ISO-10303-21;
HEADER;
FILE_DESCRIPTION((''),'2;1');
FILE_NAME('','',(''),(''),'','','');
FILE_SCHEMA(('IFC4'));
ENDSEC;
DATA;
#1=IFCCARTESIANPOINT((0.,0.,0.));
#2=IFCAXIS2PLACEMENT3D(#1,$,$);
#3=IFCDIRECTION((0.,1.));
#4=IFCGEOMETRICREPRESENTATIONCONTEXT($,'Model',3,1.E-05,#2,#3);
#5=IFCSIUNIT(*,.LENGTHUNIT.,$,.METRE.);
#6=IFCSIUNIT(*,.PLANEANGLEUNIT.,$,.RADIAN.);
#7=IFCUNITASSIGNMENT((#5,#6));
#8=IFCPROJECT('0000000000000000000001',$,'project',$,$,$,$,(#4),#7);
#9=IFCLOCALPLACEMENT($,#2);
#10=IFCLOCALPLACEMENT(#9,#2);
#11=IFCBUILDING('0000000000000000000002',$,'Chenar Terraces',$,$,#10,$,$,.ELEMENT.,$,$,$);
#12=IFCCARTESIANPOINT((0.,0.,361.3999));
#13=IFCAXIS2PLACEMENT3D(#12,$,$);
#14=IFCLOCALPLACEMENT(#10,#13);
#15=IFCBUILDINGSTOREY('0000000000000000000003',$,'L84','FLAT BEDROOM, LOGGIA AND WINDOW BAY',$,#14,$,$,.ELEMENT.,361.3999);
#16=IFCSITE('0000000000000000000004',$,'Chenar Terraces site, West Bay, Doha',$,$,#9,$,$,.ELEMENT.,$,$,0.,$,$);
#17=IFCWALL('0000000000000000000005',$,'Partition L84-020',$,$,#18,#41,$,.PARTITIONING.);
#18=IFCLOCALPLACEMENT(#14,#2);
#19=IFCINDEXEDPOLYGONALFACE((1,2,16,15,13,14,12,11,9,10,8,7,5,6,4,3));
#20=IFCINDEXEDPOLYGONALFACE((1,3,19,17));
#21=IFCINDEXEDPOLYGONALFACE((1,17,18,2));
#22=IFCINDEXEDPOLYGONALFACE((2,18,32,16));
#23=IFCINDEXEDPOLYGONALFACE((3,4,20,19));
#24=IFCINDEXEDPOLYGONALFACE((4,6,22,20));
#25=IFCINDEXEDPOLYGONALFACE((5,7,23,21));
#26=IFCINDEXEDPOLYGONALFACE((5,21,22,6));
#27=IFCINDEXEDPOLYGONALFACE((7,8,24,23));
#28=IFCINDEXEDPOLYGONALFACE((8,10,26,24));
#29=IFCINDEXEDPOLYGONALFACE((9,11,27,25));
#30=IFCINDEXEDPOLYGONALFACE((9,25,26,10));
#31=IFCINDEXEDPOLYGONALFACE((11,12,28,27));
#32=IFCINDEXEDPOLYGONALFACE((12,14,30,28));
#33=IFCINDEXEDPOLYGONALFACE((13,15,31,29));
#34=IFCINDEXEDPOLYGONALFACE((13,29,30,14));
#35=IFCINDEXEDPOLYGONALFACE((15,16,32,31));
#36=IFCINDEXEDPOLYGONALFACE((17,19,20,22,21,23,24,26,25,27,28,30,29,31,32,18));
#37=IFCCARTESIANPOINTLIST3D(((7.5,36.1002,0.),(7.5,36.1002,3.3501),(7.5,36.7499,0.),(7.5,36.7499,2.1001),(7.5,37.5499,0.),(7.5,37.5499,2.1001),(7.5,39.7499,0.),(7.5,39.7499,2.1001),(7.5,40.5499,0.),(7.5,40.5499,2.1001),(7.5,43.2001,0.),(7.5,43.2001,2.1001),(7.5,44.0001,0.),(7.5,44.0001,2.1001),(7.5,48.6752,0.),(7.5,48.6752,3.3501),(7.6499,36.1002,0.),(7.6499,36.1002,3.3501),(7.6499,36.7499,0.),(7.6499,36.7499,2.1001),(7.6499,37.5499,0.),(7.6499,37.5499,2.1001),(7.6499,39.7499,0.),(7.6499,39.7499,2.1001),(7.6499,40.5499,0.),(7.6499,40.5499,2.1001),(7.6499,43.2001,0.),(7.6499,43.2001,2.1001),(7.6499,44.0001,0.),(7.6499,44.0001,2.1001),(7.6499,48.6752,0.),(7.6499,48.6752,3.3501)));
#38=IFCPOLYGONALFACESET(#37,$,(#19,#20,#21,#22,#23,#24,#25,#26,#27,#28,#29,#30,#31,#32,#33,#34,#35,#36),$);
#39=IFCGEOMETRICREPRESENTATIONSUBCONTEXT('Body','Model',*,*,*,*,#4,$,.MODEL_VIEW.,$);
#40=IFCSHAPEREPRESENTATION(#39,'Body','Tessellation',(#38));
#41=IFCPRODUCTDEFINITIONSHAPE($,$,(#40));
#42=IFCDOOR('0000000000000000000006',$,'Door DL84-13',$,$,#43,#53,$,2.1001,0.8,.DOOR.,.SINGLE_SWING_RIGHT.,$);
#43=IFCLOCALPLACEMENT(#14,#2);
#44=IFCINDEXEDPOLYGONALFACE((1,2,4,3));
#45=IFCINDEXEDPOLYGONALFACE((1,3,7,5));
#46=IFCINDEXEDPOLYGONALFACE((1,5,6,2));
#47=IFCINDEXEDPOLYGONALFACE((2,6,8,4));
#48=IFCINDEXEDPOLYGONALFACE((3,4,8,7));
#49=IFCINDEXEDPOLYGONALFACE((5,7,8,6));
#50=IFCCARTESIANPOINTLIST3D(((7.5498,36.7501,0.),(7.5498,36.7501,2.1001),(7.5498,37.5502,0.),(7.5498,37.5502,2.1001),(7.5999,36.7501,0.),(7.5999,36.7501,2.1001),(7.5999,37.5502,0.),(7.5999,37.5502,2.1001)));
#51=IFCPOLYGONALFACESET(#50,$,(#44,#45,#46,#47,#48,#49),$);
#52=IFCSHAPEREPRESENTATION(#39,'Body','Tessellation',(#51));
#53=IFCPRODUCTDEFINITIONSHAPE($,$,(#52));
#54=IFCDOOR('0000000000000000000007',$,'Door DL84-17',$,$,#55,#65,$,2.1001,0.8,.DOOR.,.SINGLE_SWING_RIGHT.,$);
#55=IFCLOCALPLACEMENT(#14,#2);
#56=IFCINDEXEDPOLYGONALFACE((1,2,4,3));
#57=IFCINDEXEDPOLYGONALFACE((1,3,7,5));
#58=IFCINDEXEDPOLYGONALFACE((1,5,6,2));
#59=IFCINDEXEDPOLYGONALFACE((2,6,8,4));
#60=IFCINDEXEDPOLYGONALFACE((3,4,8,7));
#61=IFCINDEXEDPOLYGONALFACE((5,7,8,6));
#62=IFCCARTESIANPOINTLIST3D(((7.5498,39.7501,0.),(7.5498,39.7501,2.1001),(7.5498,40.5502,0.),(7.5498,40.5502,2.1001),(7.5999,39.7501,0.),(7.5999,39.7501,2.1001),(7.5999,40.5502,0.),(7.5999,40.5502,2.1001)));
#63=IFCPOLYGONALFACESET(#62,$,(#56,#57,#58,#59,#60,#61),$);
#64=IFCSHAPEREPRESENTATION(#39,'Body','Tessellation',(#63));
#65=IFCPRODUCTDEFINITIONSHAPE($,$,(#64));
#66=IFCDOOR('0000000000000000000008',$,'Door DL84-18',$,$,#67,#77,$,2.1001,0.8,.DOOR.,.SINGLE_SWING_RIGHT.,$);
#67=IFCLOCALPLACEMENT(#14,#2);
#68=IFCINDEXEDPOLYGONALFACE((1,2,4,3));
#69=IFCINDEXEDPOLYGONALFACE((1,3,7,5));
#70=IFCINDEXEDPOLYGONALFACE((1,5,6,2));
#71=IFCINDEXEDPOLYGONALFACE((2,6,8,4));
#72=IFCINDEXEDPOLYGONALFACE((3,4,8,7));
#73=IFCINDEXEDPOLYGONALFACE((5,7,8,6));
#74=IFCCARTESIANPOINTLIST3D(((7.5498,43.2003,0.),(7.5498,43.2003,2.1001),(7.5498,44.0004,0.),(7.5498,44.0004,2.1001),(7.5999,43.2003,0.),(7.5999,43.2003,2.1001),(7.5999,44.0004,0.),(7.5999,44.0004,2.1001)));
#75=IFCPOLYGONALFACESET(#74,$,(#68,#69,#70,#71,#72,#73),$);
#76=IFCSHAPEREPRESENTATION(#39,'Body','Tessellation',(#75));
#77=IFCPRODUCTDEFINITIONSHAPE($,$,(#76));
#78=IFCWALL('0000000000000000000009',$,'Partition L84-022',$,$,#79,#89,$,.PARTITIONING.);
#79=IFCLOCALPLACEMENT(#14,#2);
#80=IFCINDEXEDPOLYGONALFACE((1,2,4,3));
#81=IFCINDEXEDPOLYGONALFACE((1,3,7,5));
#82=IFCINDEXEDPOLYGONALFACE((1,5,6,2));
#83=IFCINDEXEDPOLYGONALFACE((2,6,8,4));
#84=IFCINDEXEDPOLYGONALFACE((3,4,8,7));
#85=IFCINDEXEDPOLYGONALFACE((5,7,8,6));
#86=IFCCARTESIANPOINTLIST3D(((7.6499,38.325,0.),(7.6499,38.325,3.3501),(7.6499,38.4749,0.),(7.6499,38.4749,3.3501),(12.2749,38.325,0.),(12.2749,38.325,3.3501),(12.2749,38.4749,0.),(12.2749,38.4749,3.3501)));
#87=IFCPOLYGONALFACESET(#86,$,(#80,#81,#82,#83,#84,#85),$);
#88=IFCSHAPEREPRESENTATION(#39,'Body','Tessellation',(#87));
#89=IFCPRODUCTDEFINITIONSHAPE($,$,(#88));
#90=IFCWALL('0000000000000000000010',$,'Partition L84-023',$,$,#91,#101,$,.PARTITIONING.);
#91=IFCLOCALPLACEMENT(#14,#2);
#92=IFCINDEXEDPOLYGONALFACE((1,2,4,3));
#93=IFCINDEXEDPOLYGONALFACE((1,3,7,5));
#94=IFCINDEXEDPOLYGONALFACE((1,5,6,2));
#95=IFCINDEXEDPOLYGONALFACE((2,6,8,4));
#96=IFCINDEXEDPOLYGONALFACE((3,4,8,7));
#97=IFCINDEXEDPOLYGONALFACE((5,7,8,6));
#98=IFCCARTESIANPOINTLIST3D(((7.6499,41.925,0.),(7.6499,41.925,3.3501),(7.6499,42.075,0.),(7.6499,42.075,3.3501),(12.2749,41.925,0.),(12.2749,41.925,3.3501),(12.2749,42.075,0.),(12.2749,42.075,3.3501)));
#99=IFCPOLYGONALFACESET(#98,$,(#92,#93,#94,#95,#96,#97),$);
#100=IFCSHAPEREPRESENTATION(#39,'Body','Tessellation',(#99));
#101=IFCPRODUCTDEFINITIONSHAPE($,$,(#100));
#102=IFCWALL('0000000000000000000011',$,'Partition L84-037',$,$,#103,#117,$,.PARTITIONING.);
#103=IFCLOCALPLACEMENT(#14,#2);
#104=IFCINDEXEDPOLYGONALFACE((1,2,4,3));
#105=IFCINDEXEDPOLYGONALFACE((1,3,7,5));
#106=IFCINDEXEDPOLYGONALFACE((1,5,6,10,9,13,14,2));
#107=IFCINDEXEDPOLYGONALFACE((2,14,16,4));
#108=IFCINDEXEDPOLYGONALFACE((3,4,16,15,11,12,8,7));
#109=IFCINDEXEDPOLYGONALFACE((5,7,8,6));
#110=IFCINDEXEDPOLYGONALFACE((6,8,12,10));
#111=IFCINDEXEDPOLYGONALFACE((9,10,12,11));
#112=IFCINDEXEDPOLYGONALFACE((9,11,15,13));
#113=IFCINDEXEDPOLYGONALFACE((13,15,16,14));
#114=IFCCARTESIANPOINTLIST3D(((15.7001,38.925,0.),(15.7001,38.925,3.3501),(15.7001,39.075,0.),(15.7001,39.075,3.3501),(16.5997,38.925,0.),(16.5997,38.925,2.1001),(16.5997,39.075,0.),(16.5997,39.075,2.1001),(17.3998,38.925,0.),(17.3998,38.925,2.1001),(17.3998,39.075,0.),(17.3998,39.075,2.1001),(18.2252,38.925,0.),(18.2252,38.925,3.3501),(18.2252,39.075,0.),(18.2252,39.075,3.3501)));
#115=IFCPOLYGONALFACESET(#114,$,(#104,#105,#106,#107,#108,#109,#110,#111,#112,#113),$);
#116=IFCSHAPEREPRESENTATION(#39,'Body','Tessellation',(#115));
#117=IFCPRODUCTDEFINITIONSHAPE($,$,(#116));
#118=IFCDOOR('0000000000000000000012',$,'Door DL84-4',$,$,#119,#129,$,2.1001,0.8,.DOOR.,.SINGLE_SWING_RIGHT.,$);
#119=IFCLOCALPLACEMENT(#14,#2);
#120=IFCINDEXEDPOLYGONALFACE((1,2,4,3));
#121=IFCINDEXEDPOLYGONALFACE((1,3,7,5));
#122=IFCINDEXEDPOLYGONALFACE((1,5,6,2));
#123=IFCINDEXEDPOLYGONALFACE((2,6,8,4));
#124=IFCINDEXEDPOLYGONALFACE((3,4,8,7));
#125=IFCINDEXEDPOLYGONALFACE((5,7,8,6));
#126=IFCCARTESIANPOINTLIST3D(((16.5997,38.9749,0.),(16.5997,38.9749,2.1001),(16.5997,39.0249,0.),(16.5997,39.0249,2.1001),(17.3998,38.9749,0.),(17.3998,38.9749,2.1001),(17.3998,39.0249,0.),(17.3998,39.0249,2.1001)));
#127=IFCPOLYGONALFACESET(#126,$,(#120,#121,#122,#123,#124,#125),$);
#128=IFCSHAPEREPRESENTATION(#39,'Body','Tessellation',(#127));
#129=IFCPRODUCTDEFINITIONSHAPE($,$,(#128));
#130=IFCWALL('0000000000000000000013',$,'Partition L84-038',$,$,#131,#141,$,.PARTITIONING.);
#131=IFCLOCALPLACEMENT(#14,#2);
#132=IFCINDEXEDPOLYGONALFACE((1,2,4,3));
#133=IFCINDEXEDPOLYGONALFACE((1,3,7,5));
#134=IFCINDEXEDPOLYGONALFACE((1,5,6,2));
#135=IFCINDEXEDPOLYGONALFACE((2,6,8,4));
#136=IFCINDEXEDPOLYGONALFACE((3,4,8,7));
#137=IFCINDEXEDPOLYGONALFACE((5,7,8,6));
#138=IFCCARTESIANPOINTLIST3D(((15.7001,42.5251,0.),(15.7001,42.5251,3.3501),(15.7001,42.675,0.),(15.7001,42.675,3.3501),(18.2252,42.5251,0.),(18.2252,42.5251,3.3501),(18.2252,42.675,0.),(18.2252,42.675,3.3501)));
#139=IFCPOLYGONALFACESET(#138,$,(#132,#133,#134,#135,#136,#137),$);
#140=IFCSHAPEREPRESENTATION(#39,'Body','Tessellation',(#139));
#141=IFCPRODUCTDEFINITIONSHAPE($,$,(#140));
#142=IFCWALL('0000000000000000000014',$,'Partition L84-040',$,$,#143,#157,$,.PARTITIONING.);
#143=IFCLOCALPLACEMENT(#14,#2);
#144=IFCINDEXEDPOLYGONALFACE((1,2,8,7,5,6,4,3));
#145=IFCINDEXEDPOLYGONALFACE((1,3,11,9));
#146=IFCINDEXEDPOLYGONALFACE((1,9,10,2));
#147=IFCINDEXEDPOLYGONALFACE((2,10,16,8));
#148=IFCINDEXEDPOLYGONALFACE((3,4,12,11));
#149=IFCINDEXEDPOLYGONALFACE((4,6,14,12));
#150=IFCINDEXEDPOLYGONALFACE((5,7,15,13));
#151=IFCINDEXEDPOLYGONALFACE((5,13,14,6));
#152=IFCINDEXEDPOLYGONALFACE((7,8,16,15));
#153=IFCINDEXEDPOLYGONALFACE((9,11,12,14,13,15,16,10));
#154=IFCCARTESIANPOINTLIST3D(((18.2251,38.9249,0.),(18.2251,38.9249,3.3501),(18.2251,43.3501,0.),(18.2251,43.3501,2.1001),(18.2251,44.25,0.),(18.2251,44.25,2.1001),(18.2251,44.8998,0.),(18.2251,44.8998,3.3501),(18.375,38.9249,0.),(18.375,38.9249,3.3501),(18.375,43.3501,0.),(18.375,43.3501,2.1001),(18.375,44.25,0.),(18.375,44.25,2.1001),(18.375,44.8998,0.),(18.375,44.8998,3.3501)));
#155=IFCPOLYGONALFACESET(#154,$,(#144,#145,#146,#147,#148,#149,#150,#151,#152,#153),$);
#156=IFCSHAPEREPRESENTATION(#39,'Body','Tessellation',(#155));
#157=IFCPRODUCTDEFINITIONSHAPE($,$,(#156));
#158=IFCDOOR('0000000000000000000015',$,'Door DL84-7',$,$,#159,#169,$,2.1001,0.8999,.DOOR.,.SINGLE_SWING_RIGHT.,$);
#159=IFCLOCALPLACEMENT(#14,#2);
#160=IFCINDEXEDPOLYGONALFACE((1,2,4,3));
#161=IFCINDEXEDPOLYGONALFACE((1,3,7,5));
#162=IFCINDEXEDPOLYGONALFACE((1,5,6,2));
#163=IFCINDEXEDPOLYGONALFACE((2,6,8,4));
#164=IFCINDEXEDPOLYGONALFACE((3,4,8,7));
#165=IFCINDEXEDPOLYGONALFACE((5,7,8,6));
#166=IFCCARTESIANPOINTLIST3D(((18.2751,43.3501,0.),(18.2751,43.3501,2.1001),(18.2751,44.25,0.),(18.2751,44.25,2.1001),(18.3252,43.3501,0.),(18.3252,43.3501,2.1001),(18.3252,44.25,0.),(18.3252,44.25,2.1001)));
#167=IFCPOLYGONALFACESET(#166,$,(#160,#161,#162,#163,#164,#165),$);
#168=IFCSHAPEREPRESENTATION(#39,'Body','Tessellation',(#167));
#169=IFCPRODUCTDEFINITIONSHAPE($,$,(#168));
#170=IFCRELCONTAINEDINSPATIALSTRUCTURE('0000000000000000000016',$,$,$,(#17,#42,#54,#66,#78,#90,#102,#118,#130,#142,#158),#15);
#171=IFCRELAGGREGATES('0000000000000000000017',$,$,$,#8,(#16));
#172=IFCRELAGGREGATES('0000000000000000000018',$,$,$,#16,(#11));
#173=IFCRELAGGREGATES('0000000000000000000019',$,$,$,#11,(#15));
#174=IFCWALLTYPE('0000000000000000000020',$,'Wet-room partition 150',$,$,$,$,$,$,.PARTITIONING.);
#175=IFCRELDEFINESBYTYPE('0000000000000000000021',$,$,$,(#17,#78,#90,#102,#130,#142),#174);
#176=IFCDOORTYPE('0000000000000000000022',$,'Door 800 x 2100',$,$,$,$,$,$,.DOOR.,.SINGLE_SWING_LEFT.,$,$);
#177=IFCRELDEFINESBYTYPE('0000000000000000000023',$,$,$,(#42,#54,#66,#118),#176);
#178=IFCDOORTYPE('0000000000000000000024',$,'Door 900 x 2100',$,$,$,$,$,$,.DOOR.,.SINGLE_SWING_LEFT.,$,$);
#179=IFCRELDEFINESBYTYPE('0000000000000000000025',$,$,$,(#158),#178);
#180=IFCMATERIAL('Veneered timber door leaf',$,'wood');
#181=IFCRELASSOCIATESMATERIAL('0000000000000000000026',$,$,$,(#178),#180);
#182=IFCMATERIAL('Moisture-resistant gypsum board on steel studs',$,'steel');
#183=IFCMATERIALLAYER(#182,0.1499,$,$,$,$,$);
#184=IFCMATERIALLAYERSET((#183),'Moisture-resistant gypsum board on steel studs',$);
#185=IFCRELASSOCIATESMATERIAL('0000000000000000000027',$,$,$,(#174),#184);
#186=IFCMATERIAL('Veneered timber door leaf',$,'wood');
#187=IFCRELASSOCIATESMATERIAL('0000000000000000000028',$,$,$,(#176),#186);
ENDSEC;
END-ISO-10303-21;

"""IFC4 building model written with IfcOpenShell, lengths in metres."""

from ifc_helpers import new_model, si_unit, direction, frame, frame_2d, origin, place, context, subcontext, project, spatial, rectangle, extrude, material, layer, layer_set, type_object, element, fill, save


model = new_model("IFC4")

# Units and contexts
model_context = context("Model", 3, precision=1e-05, world=origin(), true_north=direction((0.0, 1.0)))
body_context = subcontext(model_context, "Body", "Model", "MODEL_VIEW")
ifc_project = project(units=[si_unit("LENGTHUNIT", "METRE"), si_unit("PLANEANGLEUNIT", "RADIAN")], contexts=[model_context])

# Site, building, storey
site_placement = place(None, origin())
site = spatial("IfcSite", under=ifc_project, at=site_placement, Name="Chenar Terraces site, West Bay, Doha", CompositionType="ELEMENT", RefElevation=0.0)
building_placement = place(site_placement, origin())
building = spatial("IfcBuilding", under=site, at=building_placement, Name="Chenar Terraces", CompositionType="ELEMENT")
storey_placement = place(building_placement, frame((0.0, 0.0, 361.3999)))
storey = spatial("IfcBuildingStorey", under=building, at=storey_placement, Name="L84", Description="FLAT BEDROOM, LOGGIA AND WINDOW BAY", CompositionType="ELEMENT", Elevation=361.3999)

# Shared definitions
ifc_material_1 = material(Name="Veneered timber door leaf", Category="wood")
door_type_1 = type_object("IfcDoorType", Name="Door 900 x 2100", OperationType="SINGLE_SWING_LEFT", PredefinedType="DOOR", material=ifc_material_1)

# Shared definitions
ifc_material_2 = material(Name="Moisture-resistant gypsum board on steel studs", Category="steel")
ifc_layer_1 = layer(ifc_material_2, 0.1499)
ifc_layer_set_1 = layer_set([ifc_layer_1], Name="Moisture-resistant gypsum board on steel studs")
wall_type_1 = type_object("IfcWallType", Name="Wet-room partition 150", PredefinedType="PARTITIONING", material=ifc_layer_set_1)

# Wall, openings, doors
wall_1_placement = place(storey_placement, frame((7.575, 36.1001, 0.0), z_axis=(0.0, 0.0, 1.0), x_axis=(0.0, 1.0, 0.0)))
wall_1 = element("IfcWall", 1, at=wall_1_placement, inside=storey, type_object=wall_type_1, Name="Partition L84-020", PredefinedType="PARTITIONING", context=body_context, shape_type="SweptSolid", body=[
    extrude(rectangle(XDim=12.575, YDim=0.1499, at=frame_2d((6.2876, 0.0))), origin(), (0.0, 0.0, 1.0), 3.3501),
])
opening_1_placement = place(wall_1_placement, frame((0.6499, 0.0, 0.0)))
opening_1 = element("IfcOpeningElement", 2, at=opening_1_placement, cuts=wall_1, PredefinedType="OPENING", context=body_context, shape_type="SweptSolid", body=[
    extrude(rectangle(XDim=0.8, YDim=2.1001, at=frame_2d((0.3999, 1.05))), frame((0.0, 0.085, 0.0), z_axis=(0.0, -1.0, 0.0), x_axis=(1.0, 0.0, 0.0)), (0.0, 0.0, 1.0), 0.1699),
])
opening_2_placement = place(wall_1_placement, frame((3.6499, 0.0, 0.0)))
opening_2 = element("IfcOpeningElement", 3, at=opening_2_placement, cuts=wall_1, PredefinedType="OPENING", context=body_context, shape_type="SweptSolid", body=[
    extrude(rectangle(XDim=0.8, YDim=2.1001, at=frame_2d((0.3999, 1.05))), frame((0.0, 0.085, 0.0), z_axis=(0.0, -1.0, 0.0), x_axis=(1.0, 0.0, 0.0)), (0.0, 0.0, 1.0), 0.1699),
])
opening_3_placement = place(wall_1_placement, frame((7.1001, 0.0, 0.0)))
opening_3 = element("IfcOpeningElement", 4, at=opening_3_placement, cuts=wall_1, PredefinedType="OPENING", context=body_context, shape_type="SweptSolid", body=[
    extrude(rectangle(XDim=0.8, YDim=2.1001, at=frame_2d((0.3999, 1.05))), frame((0.0, 0.085, 0.0), z_axis=(0.0, -1.0, 0.0), x_axis=(1.0, 0.0, 0.0)), (0.0, 0.0, 1.0), 0.1699),
])
ifc_material_3 = material(Name="Veneered timber door leaf", Category="wood")
door_type_2 = type_object("IfcDoorType", Name="Door 800 x 2100", OperationType="SINGLE_SWING_LEFT", PredefinedType="DOOR", material=ifc_material_3)
door_1_placement = place(opening_1_placement, frame((0.8, 0.0, 0.0), z_axis=(0.0, 0.0, 1.0), x_axis=(-1.0, 0.0, 0.0)))
door_1 = element("IfcDoor", 5, at=door_1_placement, inside=storey, type_object=door_type_2, Name="Door DL84-13", OperationType="SINGLE_SWING_RIGHT", OverallHeight=2.1001, OverallWidth=0.8, PredefinedType="DOOR", context=body_context, shape_type="SweptSolid", body=[
    extrude(rectangle(XDim=0.8, YDim=2.1001, at=frame_2d((0.3999, 1.05))), frame((0.0, 0.0249, 0.0), z_axis=(0.0, -1.0, 0.0), x_axis=(1.0, 0.0, 0.0)), (0.0, 0.0, 1.0), 0.05),
])
fill(opening_1, door_1)
door_2_placement = place(opening_2_placement, frame((0.8, 0.0, 0.0), z_axis=(0.0, 0.0, 1.0), x_axis=(-1.0, 0.0, 0.0)))
door_2 = element("IfcDoor", 6, at=door_2_placement, inside=storey, type_object=door_type_2, Name="Door DL84-17", OperationType="SINGLE_SWING_RIGHT", OverallHeight=2.1001, OverallWidth=0.8, PredefinedType="DOOR", context=body_context, shape_type="SweptSolid", body=[
    extrude(rectangle(XDim=0.8, YDim=2.1001, at=frame_2d((0.3999, 1.05))), frame((0.0, 0.0249, 0.0), z_axis=(0.0, -1.0, 0.0), x_axis=(1.0, 0.0, 0.0)), (0.0, 0.0, 1.0), 0.05),
])
fill(opening_2, door_2)
door_3_placement = place(opening_3_placement, frame((0.8, 0.0, 0.0), z_axis=(0.0, 0.0, 1.0), x_axis=(-1.0, 0.0, 0.0)))
door_3 = element("IfcDoor", 7, at=door_3_placement, inside=storey, type_object=door_type_2, Name="Door DL84-18", OperationType="SINGLE_SWING_RIGHT", OverallHeight=2.1001, OverallWidth=0.8, PredefinedType="DOOR", context=body_context, shape_type="SweptSolid", body=[
    extrude(rectangle(XDim=0.8, YDim=2.1001, at=frame_2d((0.3999, 1.05))), frame((0.0, 0.0249, 0.0), z_axis=(0.0, -1.0, 0.0), x_axis=(1.0, 0.0, 0.0)), (0.0, 0.0, 1.0), 0.05),
])
fill(opening_3, door_3)

# Walls
for number, where, z_axis, x_axis, name in (
    (8, (7.6499, 38.3999, 0.0), (0.0, 0.0, 1.0), (1.0, 0.0, 0.0), "Partition L84-022"),
    (9, (7.6499, 42.0, 0.0), (0.0, 0.0, 1.0), (1.0, 0.0, 0.0), "Partition L84-023"),
):
    element("IfcWall", number, at=place(storey_placement, frame(where, z_axis=z_axis, x_axis=x_axis)), inside=storey, type_object=wall_type_1, Name=name, PredefinedType="PARTITIONING", context=body_context, shape_type="SweptSolid", body=[
        extrude(rectangle(XDim=4.625, YDim=0.1499, at=frame_2d((2.3125, 0.0))), origin(), (0.0, 0.0, 1.0), 3.3501),
    ])

# Wall, opening, door
wall_2_placement = place(storey_placement, frame((15.7, 39.0, 0.0), z_axis=(0.0, 0.0, 1.0), x_axis=(1.0, 0.0, 0.0)))
wall_2 = element("IfcWall", 10, at=wall_2_placement, inside=storey, type_object=wall_type_1, Name="Partition L84-037", PredefinedType="PARTITIONING", context=body_context, shape_type="SweptSolid", body=[
    extrude(rectangle(XDim=2.5251, YDim=0.1499, at=frame_2d((1.2627, 0.0))), origin(), (0.0, 0.0, 1.0), 3.3501),
])
opening_4_placement = place(wall_2_placement, frame((0.8999, 0.0, 0.0)))
opening_4 = element("IfcOpeningElement", 11, at=opening_4_placement, cuts=wall_2, PredefinedType="OPENING", context=body_context, shape_type="SweptSolid", body=[
    extrude(rectangle(XDim=0.8, YDim=2.1001, at=frame_2d((0.3999, 1.05))), frame((0.0, 0.085, 0.0), z_axis=(0.0, -1.0, 0.0), x_axis=(1.0, 0.0, 0.0)), (0.0, 0.0, 1.0), 0.1699),
])
door_4_placement = place(opening_4_placement, origin())
door_4 = element("IfcDoor", 12, at=door_4_placement, inside=storey, type_object=door_type_2, Name="Door DL84-4", OperationType="SINGLE_SWING_RIGHT", OverallHeight=2.1001, OverallWidth=0.8, PredefinedType="DOOR", context=body_context, shape_type="SweptSolid", body=[
    extrude(rectangle(XDim=0.8, YDim=2.1001, at=frame_2d((0.3999, 1.05))), frame((0.0, 0.0249, 0.0), z_axis=(0.0, -1.0, 0.0), x_axis=(1.0, 0.0, 0.0)), (0.0, 0.0, 1.0), 0.05),
])
fill(opening_4, door_4)

# Wall
wall_3_placement = place(storey_placement, frame((15.7, 42.6001, 0.0), z_axis=(0.0, 0.0, 1.0), x_axis=(1.0, 0.0, 0.0)))
element("IfcWall", 13, at=wall_3_placement, inside=storey, type_object=wall_type_1, Name="Partition L84-038", PredefinedType="PARTITIONING", context=body_context, shape_type="SweptSolid", body=[
    extrude(rectangle(XDim=2.5251, YDim=0.1499, at=frame_2d((1.2627, 0.0))), origin(), (0.0, 0.0, 1.0), 3.3501),
])

# Wall, opening, door
wall_4_placement = place(storey_placement, frame((18.3, 38.925, 0.0), z_axis=(0.0, 0.0, 1.0), x_axis=(0.0, 1.0, 0.0)))
wall_4 = element("IfcWall", 14, at=wall_4_placement, inside=storey, type_object=wall_type_1, Name="Partition L84-040", PredefinedType="PARTITIONING", context=body_context, shape_type="SweptSolid", body=[
    extrude(rectangle(XDim=5.9749, YDim=0.1499, at=frame_2d((2.9873, 0.0))), origin(), (0.0, 0.0, 1.0), 3.3501),
])
opening_5_placement = place(wall_4_placement, frame((4.425, 0.0, 0.0)))
opening_5 = element("IfcOpeningElement", 15, at=opening_5_placement, cuts=wall_4, PredefinedType="OPENING", context=body_context, shape_type="SweptSolid", body=[
    extrude(rectangle(XDim=0.8999, YDim=2.1001, at=frame_2d((0.45, 1.05))), frame((0.0, 0.085, 0.0), z_axis=(0.0, -1.0, 0.0), x_axis=(1.0, 0.0, 0.0)), (0.0, 0.0, 1.0), 0.1699),
])
door_5_placement = place(opening_5_placement, origin())
door_5 = element("IfcDoor", 16, at=door_5_placement, inside=storey, type_object=door_type_1, Name="Door DL84-7", OperationType="SINGLE_SWING_RIGHT", OverallHeight=2.1001, OverallWidth=0.8999, PredefinedType="DOOR", context=body_context, shape_type="SweptSolid", body=[
    extrude(rectangle(XDim=0.8999, YDim=2.1001, at=frame_2d((0.45, 1.05))), frame((0.0, 0.0249, 0.0), z_axis=(0.0, -1.0, 0.0), x_axis=(1.0, 0.0, 0.0)), (0.0, 0.0, 1.0), 0.05),
])
fill(opening_5, door_5)

save(model, "model.ifc")
